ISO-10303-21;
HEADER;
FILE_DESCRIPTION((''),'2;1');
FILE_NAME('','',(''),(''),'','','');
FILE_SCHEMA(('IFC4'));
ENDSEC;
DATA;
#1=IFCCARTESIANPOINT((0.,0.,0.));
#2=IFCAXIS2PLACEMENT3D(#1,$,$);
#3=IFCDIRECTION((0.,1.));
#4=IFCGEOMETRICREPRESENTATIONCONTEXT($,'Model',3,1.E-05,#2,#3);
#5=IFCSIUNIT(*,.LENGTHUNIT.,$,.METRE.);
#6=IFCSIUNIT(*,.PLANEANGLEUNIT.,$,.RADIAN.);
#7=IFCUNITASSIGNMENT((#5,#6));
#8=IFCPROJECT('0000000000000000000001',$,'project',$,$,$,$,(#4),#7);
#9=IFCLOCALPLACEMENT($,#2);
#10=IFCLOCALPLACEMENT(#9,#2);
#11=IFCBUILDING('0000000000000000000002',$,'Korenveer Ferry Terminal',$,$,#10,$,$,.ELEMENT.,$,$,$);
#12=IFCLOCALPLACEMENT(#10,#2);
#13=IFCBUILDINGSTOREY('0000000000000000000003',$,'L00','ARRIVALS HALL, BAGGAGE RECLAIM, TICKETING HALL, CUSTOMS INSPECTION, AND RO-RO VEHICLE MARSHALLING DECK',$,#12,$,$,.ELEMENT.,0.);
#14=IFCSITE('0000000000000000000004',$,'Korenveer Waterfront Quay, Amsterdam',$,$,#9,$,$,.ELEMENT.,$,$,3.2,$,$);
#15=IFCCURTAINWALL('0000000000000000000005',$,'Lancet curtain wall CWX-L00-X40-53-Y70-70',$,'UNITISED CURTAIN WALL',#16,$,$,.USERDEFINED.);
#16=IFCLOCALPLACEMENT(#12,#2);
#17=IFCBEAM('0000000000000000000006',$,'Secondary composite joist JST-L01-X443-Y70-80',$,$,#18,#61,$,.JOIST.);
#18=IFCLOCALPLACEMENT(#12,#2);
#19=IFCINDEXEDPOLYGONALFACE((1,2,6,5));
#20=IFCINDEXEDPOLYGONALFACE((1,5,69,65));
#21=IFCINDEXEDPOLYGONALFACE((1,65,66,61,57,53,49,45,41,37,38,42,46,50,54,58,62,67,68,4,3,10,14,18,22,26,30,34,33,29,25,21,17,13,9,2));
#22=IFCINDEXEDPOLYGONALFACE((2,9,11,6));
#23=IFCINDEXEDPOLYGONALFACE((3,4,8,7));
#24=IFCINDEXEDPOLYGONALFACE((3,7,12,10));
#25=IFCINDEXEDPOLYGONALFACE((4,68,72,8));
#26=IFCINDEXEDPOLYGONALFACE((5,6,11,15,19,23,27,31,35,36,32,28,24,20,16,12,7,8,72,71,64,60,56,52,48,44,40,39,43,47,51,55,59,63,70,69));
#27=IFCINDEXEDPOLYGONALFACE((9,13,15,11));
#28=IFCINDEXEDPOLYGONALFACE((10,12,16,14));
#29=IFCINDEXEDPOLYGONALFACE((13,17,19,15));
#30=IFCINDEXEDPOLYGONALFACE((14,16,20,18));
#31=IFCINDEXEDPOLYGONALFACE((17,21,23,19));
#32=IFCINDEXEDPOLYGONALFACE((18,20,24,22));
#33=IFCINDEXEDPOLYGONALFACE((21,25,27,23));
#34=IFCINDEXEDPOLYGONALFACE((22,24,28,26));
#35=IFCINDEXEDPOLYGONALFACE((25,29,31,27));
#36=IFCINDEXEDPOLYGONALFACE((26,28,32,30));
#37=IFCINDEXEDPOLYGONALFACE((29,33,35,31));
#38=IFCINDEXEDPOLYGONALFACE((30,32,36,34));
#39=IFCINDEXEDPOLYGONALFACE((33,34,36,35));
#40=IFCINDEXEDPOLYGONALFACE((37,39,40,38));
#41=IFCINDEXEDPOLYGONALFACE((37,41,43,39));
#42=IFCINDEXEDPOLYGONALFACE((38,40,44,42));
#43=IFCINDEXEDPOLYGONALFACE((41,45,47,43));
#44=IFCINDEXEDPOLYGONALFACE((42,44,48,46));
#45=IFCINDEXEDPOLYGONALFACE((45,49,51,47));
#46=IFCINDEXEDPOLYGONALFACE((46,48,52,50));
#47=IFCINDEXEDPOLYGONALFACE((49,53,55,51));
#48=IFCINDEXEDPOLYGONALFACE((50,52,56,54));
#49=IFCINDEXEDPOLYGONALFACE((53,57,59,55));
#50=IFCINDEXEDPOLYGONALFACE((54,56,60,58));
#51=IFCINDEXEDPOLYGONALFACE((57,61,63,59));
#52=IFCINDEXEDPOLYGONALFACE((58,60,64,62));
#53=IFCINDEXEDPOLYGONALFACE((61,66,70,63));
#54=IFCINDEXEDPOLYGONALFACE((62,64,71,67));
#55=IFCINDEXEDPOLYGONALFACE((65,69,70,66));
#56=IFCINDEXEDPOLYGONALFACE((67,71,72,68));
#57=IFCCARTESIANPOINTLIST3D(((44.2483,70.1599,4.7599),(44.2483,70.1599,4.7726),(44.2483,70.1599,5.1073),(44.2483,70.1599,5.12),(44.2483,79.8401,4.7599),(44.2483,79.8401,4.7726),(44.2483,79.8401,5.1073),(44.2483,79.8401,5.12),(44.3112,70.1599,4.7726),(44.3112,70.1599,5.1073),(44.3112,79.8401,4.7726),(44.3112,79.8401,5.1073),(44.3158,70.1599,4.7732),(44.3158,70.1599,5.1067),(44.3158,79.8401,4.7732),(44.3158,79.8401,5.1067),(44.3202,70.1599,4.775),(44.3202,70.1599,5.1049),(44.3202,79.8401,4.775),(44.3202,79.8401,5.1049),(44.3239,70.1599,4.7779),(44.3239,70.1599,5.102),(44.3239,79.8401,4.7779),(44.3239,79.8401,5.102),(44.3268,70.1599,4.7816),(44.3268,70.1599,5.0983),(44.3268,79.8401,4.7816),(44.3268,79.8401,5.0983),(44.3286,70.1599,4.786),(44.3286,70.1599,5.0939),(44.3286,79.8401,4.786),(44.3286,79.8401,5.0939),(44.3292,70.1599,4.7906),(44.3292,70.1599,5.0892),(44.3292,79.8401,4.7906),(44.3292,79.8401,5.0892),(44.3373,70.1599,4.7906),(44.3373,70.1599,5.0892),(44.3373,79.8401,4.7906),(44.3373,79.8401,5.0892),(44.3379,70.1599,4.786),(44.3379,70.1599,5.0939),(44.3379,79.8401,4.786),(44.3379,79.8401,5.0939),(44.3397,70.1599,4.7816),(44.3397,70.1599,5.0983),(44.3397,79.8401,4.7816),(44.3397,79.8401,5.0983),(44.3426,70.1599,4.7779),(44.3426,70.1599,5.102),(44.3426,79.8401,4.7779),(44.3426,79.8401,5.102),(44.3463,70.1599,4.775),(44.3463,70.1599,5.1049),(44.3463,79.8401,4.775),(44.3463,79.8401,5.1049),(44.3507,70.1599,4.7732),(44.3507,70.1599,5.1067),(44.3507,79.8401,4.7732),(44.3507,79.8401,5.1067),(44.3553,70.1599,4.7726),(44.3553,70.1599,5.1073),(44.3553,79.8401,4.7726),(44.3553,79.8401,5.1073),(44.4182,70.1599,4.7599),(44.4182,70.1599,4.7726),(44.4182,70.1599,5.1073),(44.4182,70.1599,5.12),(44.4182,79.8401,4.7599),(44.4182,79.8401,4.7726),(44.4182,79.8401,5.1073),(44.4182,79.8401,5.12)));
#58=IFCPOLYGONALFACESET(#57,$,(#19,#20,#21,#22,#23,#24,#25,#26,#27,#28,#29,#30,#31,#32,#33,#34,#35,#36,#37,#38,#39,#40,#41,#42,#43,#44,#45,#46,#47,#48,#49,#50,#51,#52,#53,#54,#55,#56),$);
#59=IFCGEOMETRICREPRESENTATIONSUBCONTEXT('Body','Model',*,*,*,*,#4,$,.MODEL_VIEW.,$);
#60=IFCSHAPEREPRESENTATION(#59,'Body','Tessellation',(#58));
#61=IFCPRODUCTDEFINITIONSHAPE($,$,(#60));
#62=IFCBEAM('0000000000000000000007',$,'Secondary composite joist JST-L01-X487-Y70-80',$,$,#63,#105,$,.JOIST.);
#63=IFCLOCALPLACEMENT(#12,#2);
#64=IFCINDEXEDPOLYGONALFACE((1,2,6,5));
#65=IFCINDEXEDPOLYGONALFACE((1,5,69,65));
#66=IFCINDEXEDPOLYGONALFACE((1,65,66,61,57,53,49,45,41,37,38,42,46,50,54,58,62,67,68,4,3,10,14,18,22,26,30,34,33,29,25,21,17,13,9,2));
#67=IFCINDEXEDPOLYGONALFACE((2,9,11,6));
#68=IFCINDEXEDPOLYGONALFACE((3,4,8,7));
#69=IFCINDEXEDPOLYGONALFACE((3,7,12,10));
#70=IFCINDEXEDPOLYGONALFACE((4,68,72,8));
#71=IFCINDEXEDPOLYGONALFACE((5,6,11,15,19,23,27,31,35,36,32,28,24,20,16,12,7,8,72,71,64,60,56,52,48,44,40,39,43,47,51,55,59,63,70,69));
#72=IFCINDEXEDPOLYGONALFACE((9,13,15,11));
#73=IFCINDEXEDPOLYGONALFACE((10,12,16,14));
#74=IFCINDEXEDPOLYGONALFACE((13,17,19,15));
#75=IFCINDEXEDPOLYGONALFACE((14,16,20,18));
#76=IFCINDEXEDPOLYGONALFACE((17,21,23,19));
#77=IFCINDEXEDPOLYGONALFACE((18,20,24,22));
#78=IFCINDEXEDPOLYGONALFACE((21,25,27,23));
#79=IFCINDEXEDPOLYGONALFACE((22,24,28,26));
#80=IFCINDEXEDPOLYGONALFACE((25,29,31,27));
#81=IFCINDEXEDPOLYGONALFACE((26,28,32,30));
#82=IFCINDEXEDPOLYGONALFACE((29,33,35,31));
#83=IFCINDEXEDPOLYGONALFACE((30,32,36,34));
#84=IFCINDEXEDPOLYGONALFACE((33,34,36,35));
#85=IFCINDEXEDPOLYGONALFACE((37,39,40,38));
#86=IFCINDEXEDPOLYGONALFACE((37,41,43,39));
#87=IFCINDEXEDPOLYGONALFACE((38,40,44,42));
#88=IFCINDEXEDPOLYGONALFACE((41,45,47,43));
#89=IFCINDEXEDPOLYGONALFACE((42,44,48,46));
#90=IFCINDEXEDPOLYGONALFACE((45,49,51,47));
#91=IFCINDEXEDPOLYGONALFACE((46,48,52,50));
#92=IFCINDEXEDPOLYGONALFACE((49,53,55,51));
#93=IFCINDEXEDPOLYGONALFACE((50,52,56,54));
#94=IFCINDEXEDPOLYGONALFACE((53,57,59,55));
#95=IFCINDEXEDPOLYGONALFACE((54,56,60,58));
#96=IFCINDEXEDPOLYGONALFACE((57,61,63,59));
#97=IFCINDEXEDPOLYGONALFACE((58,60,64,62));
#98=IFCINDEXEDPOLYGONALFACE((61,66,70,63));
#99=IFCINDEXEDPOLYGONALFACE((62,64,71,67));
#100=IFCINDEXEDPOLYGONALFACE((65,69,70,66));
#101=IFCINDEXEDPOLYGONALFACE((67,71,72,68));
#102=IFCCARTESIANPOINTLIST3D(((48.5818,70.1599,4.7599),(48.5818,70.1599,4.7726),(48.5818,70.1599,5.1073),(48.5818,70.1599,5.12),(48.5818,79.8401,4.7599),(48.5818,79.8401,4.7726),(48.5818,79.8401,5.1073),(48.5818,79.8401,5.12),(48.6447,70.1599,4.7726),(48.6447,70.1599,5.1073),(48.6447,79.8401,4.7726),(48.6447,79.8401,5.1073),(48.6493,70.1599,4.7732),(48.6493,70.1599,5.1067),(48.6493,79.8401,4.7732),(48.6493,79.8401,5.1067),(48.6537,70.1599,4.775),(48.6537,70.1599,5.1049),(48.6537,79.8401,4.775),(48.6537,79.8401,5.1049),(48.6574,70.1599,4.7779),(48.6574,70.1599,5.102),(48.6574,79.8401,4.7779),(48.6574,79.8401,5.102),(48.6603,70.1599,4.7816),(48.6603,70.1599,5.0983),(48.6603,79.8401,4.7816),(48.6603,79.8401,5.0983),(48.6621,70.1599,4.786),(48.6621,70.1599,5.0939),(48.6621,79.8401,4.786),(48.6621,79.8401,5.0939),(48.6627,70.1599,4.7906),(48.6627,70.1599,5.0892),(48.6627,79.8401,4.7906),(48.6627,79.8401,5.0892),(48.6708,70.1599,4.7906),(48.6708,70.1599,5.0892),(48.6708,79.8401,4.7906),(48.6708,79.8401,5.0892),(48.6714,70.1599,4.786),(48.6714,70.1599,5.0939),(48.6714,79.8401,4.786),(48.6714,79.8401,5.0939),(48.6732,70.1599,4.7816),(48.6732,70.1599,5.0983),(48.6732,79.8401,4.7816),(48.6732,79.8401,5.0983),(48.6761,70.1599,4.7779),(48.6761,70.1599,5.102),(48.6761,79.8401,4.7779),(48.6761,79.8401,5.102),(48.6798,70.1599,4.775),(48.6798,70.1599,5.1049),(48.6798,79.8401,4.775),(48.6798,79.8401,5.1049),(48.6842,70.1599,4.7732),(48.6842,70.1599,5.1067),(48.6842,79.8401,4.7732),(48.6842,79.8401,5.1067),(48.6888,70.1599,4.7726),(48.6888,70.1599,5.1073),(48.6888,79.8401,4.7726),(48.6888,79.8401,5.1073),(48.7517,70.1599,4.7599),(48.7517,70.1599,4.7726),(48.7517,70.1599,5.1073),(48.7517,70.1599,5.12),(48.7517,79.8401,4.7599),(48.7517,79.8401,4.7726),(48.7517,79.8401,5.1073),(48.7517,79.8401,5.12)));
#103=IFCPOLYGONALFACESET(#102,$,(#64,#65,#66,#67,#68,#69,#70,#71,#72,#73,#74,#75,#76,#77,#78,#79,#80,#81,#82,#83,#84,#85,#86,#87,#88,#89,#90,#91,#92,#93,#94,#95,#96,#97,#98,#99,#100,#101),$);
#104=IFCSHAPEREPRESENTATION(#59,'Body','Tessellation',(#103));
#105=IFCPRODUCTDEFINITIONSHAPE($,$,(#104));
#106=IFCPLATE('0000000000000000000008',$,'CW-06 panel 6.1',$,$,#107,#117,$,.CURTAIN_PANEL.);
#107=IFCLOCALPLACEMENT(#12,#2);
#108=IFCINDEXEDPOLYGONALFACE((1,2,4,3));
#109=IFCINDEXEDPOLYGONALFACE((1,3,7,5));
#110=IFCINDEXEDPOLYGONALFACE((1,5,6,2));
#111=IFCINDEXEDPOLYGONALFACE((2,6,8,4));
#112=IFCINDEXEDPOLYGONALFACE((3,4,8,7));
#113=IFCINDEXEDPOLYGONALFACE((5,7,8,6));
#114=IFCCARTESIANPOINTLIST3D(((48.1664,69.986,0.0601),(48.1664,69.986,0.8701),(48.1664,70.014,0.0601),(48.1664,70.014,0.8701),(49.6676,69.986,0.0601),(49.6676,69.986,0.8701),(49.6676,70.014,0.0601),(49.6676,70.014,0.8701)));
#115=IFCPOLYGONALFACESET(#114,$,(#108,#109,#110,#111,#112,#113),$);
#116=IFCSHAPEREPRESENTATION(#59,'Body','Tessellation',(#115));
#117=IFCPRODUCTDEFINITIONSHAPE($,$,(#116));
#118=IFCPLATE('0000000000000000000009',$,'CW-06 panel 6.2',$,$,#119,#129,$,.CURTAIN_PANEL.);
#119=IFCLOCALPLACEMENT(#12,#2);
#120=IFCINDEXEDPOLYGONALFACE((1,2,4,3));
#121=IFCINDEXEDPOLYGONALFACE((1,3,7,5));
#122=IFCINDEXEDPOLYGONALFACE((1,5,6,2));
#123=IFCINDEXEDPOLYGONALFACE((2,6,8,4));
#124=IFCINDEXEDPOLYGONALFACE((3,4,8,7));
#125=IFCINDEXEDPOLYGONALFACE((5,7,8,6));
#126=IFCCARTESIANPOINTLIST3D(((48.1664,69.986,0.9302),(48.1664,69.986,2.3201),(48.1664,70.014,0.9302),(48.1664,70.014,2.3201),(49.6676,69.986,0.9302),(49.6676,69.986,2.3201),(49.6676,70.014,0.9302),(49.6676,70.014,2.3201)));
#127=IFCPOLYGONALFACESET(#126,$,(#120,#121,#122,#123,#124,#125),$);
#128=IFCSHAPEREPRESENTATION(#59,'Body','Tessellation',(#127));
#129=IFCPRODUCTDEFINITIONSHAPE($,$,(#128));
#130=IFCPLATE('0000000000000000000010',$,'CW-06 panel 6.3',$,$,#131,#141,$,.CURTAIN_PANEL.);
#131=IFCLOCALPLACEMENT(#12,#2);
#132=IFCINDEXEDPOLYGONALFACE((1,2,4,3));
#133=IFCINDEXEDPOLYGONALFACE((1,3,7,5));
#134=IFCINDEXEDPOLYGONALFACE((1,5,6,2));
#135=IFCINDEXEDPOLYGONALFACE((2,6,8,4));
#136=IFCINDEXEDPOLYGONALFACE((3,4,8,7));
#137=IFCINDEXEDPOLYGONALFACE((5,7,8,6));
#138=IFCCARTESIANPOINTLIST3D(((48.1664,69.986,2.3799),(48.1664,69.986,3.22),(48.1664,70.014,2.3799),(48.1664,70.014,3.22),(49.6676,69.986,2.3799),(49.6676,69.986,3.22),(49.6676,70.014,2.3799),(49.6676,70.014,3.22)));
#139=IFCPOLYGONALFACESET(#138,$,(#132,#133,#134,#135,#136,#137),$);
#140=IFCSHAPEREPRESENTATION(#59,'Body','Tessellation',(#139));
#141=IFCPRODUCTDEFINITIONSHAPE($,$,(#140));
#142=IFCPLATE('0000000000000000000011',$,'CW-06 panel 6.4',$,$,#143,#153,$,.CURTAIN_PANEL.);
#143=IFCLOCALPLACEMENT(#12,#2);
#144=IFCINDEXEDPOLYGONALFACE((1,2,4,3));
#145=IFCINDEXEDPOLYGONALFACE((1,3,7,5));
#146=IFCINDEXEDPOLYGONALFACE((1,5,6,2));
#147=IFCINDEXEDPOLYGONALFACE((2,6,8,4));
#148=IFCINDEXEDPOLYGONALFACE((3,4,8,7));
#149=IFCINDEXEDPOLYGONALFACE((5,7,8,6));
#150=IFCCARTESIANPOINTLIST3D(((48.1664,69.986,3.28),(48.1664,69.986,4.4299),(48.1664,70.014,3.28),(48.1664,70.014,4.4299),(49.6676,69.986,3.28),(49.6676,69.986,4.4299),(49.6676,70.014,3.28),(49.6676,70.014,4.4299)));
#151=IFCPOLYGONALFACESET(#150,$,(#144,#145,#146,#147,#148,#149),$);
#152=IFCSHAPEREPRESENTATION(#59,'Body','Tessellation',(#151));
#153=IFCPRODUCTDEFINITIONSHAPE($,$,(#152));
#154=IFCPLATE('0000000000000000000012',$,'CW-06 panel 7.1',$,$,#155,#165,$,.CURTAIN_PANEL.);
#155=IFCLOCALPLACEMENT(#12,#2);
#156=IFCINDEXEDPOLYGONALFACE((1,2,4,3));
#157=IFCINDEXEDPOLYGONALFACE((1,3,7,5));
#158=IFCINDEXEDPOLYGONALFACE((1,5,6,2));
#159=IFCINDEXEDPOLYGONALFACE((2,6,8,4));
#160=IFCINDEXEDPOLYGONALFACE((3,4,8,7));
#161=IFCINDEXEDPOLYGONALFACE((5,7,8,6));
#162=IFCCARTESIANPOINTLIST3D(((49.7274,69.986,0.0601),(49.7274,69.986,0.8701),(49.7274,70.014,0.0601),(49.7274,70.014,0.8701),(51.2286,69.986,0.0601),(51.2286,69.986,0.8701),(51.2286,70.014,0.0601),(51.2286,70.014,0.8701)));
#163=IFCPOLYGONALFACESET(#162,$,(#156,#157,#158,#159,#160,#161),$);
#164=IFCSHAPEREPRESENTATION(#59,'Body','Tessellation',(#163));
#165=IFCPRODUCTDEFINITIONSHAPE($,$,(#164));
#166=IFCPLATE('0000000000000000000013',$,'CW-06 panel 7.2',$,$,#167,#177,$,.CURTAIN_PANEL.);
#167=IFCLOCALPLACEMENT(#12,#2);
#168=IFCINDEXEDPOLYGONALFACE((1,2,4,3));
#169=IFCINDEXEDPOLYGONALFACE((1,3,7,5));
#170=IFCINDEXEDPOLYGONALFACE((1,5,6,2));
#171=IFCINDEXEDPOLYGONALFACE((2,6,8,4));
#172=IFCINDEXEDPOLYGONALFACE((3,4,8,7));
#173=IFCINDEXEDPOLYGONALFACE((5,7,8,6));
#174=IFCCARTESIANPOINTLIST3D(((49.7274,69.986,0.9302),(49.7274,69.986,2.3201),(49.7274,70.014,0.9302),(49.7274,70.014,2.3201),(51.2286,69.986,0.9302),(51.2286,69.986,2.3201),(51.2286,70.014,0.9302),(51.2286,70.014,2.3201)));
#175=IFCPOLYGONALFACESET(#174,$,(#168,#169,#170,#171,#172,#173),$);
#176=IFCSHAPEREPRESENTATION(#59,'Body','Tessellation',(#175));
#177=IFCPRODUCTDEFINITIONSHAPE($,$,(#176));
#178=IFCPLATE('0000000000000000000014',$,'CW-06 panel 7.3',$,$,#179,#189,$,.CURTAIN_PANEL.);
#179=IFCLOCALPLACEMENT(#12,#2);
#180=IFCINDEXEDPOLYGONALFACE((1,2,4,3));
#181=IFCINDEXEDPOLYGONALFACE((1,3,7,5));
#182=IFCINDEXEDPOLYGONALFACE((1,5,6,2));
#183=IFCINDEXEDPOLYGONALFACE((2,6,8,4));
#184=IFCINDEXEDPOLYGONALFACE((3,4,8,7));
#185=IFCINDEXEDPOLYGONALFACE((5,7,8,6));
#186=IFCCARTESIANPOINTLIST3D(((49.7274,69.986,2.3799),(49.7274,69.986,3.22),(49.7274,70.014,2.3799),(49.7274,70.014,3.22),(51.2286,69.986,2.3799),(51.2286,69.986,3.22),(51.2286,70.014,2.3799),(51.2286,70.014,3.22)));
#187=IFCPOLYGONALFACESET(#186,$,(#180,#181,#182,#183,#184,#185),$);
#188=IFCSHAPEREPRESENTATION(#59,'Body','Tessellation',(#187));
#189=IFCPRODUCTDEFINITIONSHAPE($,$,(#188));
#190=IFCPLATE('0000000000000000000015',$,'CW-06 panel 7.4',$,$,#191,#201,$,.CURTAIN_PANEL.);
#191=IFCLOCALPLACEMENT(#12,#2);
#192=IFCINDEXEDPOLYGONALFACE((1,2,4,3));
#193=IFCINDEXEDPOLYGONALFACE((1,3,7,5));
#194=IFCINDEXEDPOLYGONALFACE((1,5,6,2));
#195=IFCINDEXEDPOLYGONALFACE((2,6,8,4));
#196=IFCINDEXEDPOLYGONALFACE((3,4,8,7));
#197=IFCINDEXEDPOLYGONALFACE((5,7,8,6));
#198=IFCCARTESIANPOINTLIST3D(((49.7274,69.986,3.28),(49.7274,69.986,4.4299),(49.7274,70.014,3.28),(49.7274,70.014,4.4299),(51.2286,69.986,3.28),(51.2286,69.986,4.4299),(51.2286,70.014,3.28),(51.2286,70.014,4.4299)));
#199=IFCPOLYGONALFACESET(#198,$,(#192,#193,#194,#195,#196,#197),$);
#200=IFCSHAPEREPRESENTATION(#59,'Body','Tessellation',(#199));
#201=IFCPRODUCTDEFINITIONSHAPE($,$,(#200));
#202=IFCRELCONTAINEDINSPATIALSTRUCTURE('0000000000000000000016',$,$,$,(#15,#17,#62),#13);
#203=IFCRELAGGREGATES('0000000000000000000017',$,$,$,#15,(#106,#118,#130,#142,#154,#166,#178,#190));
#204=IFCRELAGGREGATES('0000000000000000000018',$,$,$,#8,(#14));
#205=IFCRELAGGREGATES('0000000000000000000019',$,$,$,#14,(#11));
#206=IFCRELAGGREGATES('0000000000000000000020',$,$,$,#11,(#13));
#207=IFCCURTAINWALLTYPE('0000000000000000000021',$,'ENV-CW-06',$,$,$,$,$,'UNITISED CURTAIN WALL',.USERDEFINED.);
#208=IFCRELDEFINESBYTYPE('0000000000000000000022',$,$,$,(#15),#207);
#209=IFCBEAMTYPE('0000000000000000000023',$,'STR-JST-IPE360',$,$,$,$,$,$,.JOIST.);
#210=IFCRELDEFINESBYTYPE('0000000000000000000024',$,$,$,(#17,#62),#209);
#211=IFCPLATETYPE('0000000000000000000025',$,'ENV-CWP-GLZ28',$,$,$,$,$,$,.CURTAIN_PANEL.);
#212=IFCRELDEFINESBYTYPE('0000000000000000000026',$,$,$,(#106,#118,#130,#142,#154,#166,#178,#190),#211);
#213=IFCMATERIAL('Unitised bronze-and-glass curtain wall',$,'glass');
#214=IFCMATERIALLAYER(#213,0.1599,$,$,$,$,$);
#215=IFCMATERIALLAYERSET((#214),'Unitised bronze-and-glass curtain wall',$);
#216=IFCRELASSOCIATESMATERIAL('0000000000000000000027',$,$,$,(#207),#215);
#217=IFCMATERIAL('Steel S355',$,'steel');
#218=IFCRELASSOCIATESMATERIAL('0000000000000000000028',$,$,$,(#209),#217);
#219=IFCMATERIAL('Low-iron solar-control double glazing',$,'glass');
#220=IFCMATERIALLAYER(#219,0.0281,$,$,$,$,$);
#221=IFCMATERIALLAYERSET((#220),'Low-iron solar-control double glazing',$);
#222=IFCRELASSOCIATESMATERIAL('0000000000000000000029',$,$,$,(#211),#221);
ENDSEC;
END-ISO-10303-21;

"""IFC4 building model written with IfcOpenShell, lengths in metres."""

from ifc_helpers import new_model, si_unit, direction, frame, origin, origin_2d, place, context, subcontext, project, spatial, rectangle, i_section, extrude, material, layer, layer_set, material_profile, profile_set, type_object, element, aggregate, save


model = new_model("IFC4")

# Units and contexts
model_context = context("Model", 3, precision=1e-05, world=origin(), true_north=direction((0.0, 1.0)))
body_context = subcontext(model_context, "Body", "Model", "MODEL_VIEW")
ifc_project = project(units=[si_unit("LENGTHUNIT", "METRE"), si_unit("PLANEANGLEUNIT", "RADIAN")], contexts=[model_context])

# Site, building, storey
site_placement = place(None, origin())
site = spatial("IfcSite", under=ifc_project, at=site_placement, Name="Korenveer Waterfront Quay, Amsterdam", CompositionType="ELEMENT", RefElevation=3.2)
building_placement = place(site_placement, origin())
building = spatial("IfcBuilding", under=site, at=building_placement, Name="Korenveer Ferry Terminal", CompositionType="ELEMENT")
storey_placement = place(building_placement, origin())
storey = spatial("IfcBuildingStorey", under=building, at=storey_placement, Name="L00", Description="ARRIVALS HALL, BAGGAGE RECLAIM, TICKETING HALL, CUSTOMS INSPECTION, AND RO-RO VEHICLE MARSHALLING DECK", CompositionType="ELEMENT", Elevation=0.0)

# Curtain wall
ifc_material_1 = material(Name="Unitised bronze-and-glass curtain wall", Category="glass")
ifc_layer_1 = layer(ifc_material_1, 0.1599)
ifc_layer_set_1 = layer_set([ifc_layer_1], Name="Unitised bronze-and-glass curtain wall")
curtain_wall_type = type_object("IfcCurtainWallType", Name="ENV-CW-06", ElementType="UNITISED CURTAIN WALL", PredefinedType="USERDEFINED", material=ifc_layer_set_1)
curtain_wall_placement = place(storey_placement, frame((40.3301, 70.0, 0.0)))
curtain_wall = element("IfcCurtainWall", 1, at=curtain_wall_placement, inside=storey, type_object=curtain_wall_type, Name="Lancet curtain wall CWX-L00-X40-53-Y70-70", ObjectType="UNITISED CURTAIN WALL", PredefinedType="USERDEFINED")

# Beams
ifc_material_2 = material(Name="Steel S355", Category="steel")
ifc_material_profile_1 = material_profile(ifc_material_2, i_section(OverallWidth=0.1699, OverallDepth=0.3601, WebThickness=0.0081, FlangeThickness=0.0127, FilletRadius=0.0181, at=origin_2d()), Name="IPE 360")
ifc_profile_set_1 = profile_set([ifc_material_profile_1], Name="Steel S355")
beam_type = type_object("IfcBeamType", Name="STR-JST-IPE360", PredefinedType="JOIST", material=ifc_profile_set_1)
for number, where, z_axis, x_axis, name in (
    (2, (44.3333, 70.1599, 4.9399), (0.0, 1.0, 0.0), (-1.0, 0.0, 0.0), "Secondary composite joist JST-L01-X443-Y70-80"),
    (3, (48.6667, 70.1599, 4.9399), (0.0, 1.0, 0.0), (-1.0, 0.0, 0.0), "Secondary composite joist JST-L01-X487-Y70-80"),
):
    element("IfcBeam", number, at=place(storey_placement, frame(where, z_axis=z_axis, x_axis=x_axis)), inside=storey, type_object=beam_type, Name=name, PredefinedType="JOIST", context=body_context, shape_type="SweptSolid", body=[
        extrude(i_section(OverallWidth=0.1699, OverallDepth=0.3601, WebThickness=0.0081, FlangeThickness=0.0127, FilletRadius=0.0181, at=origin_2d()), origin(), (0.0, 0.0, 1.0), 9.6802),
    ])

# Plates
ifc_material_3 = material(Name="Low-iron solar-control double glazing", Category="glass")
ifc_layer_2 = layer(ifc_material_3, 0.0281)
ifc_layer_set_2 = layer_set([ifc_layer_2], Name="Low-iron solar-control double glazing")
plate_type = type_object("IfcPlateType", Name="ENV-CWP-GLZ28", PredefinedType="CURTAIN_PANEL", material=ifc_layer_set_2)
plate_1_placement = place(storey_placement, frame((48.917, 70.0, 0.0601), z_axis=(0.0, 0.0, 1.0), x_axis=(1.0, 0.0, 0.0)))
plate_1 = element("IfcPlate", 4, at=plate_1_placement, type_object=plate_type, Name="CW-06 panel 6.1", PredefinedType="CURTAIN_PANEL", context=body_context, shape_type="SweptSolid", body=[
    extrude(rectangle(XDim=1.5012, YDim=0.0281, at=origin_2d()), origin(), (0.0, 0.0, 1.0), 0.8101),
])
plate_2_placement = place(storey_placement, frame((48.917, 70.0, 0.9302), z_axis=(0.0, 0.0, 1.0), x_axis=(1.0, 0.0, 0.0)))
plate_2 = element("IfcPlate", 5, at=plate_2_placement, type_object=plate_type, Name="CW-06 panel 6.2", PredefinedType="CURTAIN_PANEL", context=body_context, shape_type="SweptSolid", body=[
    extrude(rectangle(XDim=1.5012, YDim=0.0281, at=origin_2d()), origin(), (0.0, 0.0, 1.0), 1.3899),
])
plate_3_placement = place(storey_placement, frame((48.917, 70.0, 2.3799), z_axis=(0.0, 0.0, 1.0), x_axis=(1.0, 0.0, 0.0)))
plate_3 = element("IfcPlate", 6, at=plate_3_placement, type_object=plate_type, Name="CW-06 panel 6.3", PredefinedType="CURTAIN_PANEL", context=body_context, shape_type="SweptSolid", body=[
    extrude(rectangle(XDim=1.5012, YDim=0.0281, at=origin_2d()), origin(), (0.0, 0.0, 1.0), 0.8401),
])
plate_4_placement = place(storey_placement, frame((48.917, 70.0, 3.28), z_axis=(0.0, 0.0, 1.0), x_axis=(1.0, 0.0, 0.0)))
plate_4 = element("IfcPlate", 7, at=plate_4_placement, type_object=plate_type, Name="CW-06 panel 6.4", PredefinedType="CURTAIN_PANEL", context=body_context, shape_type="SweptSolid", body=[
    extrude(rectangle(XDim=1.5012, YDim=0.0281, at=origin_2d()), origin(), (0.0, 0.0, 1.0), 1.1499),
])
plate_5_placement = place(storey_placement, frame((50.478, 70.0, 0.0601), z_axis=(0.0, 0.0, 1.0), x_axis=(1.0, 0.0, 0.0)))
plate_5 = element("IfcPlate", 8, at=plate_5_placement, type_object=plate_type, Name="CW-06 panel 7.1", PredefinedType="CURTAIN_PANEL", context=body_context, shape_type="SweptSolid", body=[
    extrude(rectangle(XDim=1.5012, YDim=0.0281, at=origin_2d()), origin(), (0.0, 0.0, 1.0), 0.8101),
])
plate_6_placement = place(storey_placement, frame((50.478, 70.0, 0.9302), z_axis=(0.0, 0.0, 1.0), x_axis=(1.0, 0.0, 0.0)))
plate_6 = element("IfcPlate", 9, at=plate_6_placement, type_object=plate_type, Name="CW-06 panel 7.2", PredefinedType="CURTAIN_PANEL", context=body_context, shape_type="SweptSolid", body=[
    extrude(rectangle(XDim=1.5012, YDim=0.0281, at=origin_2d()), origin(), (0.0, 0.0, 1.0), 1.3899),
])
plate_7_placement = place(storey_placement, frame((50.478, 70.0, 2.3799), z_axis=(0.0, 0.0, 1.0), x_axis=(1.0, 0.0, 0.0)))
plate_7 = element("IfcPlate", 10, at=plate_7_placement, type_object=plate_type, Name="CW-06 panel 7.3", PredefinedType="CURTAIN_PANEL", context=body_context, shape_type="SweptSolid", body=[
    extrude(rectangle(XDim=1.5012, YDim=0.0281, at=origin_2d()), origin(), (0.0, 0.0, 1.0), 0.8401),
])
plate_8_placement = place(storey_placement, frame((50.478, 70.0, 3.28), z_axis=(0.0, 0.0, 1.0), x_axis=(1.0, 0.0, 0.0)))
plate_8 = element("IfcPlate", 11, at=plate_8_placement, type_object=plate_type, Name="CW-06 panel 7.4", PredefinedType="CURTAIN_PANEL", context=body_context, shape_type="SweptSolid", body=[
    extrude(rectangle(XDim=1.5012, YDim=0.0281, at=origin_2d()), origin(), (0.0, 0.0, 1.0), 1.1499),
])
aggregate(curtain_wall, [plate_1, plate_2, plate_3, plate_4, plate_5, plate_6, plate_7, plate_8])

save(model, "model.ifc")
